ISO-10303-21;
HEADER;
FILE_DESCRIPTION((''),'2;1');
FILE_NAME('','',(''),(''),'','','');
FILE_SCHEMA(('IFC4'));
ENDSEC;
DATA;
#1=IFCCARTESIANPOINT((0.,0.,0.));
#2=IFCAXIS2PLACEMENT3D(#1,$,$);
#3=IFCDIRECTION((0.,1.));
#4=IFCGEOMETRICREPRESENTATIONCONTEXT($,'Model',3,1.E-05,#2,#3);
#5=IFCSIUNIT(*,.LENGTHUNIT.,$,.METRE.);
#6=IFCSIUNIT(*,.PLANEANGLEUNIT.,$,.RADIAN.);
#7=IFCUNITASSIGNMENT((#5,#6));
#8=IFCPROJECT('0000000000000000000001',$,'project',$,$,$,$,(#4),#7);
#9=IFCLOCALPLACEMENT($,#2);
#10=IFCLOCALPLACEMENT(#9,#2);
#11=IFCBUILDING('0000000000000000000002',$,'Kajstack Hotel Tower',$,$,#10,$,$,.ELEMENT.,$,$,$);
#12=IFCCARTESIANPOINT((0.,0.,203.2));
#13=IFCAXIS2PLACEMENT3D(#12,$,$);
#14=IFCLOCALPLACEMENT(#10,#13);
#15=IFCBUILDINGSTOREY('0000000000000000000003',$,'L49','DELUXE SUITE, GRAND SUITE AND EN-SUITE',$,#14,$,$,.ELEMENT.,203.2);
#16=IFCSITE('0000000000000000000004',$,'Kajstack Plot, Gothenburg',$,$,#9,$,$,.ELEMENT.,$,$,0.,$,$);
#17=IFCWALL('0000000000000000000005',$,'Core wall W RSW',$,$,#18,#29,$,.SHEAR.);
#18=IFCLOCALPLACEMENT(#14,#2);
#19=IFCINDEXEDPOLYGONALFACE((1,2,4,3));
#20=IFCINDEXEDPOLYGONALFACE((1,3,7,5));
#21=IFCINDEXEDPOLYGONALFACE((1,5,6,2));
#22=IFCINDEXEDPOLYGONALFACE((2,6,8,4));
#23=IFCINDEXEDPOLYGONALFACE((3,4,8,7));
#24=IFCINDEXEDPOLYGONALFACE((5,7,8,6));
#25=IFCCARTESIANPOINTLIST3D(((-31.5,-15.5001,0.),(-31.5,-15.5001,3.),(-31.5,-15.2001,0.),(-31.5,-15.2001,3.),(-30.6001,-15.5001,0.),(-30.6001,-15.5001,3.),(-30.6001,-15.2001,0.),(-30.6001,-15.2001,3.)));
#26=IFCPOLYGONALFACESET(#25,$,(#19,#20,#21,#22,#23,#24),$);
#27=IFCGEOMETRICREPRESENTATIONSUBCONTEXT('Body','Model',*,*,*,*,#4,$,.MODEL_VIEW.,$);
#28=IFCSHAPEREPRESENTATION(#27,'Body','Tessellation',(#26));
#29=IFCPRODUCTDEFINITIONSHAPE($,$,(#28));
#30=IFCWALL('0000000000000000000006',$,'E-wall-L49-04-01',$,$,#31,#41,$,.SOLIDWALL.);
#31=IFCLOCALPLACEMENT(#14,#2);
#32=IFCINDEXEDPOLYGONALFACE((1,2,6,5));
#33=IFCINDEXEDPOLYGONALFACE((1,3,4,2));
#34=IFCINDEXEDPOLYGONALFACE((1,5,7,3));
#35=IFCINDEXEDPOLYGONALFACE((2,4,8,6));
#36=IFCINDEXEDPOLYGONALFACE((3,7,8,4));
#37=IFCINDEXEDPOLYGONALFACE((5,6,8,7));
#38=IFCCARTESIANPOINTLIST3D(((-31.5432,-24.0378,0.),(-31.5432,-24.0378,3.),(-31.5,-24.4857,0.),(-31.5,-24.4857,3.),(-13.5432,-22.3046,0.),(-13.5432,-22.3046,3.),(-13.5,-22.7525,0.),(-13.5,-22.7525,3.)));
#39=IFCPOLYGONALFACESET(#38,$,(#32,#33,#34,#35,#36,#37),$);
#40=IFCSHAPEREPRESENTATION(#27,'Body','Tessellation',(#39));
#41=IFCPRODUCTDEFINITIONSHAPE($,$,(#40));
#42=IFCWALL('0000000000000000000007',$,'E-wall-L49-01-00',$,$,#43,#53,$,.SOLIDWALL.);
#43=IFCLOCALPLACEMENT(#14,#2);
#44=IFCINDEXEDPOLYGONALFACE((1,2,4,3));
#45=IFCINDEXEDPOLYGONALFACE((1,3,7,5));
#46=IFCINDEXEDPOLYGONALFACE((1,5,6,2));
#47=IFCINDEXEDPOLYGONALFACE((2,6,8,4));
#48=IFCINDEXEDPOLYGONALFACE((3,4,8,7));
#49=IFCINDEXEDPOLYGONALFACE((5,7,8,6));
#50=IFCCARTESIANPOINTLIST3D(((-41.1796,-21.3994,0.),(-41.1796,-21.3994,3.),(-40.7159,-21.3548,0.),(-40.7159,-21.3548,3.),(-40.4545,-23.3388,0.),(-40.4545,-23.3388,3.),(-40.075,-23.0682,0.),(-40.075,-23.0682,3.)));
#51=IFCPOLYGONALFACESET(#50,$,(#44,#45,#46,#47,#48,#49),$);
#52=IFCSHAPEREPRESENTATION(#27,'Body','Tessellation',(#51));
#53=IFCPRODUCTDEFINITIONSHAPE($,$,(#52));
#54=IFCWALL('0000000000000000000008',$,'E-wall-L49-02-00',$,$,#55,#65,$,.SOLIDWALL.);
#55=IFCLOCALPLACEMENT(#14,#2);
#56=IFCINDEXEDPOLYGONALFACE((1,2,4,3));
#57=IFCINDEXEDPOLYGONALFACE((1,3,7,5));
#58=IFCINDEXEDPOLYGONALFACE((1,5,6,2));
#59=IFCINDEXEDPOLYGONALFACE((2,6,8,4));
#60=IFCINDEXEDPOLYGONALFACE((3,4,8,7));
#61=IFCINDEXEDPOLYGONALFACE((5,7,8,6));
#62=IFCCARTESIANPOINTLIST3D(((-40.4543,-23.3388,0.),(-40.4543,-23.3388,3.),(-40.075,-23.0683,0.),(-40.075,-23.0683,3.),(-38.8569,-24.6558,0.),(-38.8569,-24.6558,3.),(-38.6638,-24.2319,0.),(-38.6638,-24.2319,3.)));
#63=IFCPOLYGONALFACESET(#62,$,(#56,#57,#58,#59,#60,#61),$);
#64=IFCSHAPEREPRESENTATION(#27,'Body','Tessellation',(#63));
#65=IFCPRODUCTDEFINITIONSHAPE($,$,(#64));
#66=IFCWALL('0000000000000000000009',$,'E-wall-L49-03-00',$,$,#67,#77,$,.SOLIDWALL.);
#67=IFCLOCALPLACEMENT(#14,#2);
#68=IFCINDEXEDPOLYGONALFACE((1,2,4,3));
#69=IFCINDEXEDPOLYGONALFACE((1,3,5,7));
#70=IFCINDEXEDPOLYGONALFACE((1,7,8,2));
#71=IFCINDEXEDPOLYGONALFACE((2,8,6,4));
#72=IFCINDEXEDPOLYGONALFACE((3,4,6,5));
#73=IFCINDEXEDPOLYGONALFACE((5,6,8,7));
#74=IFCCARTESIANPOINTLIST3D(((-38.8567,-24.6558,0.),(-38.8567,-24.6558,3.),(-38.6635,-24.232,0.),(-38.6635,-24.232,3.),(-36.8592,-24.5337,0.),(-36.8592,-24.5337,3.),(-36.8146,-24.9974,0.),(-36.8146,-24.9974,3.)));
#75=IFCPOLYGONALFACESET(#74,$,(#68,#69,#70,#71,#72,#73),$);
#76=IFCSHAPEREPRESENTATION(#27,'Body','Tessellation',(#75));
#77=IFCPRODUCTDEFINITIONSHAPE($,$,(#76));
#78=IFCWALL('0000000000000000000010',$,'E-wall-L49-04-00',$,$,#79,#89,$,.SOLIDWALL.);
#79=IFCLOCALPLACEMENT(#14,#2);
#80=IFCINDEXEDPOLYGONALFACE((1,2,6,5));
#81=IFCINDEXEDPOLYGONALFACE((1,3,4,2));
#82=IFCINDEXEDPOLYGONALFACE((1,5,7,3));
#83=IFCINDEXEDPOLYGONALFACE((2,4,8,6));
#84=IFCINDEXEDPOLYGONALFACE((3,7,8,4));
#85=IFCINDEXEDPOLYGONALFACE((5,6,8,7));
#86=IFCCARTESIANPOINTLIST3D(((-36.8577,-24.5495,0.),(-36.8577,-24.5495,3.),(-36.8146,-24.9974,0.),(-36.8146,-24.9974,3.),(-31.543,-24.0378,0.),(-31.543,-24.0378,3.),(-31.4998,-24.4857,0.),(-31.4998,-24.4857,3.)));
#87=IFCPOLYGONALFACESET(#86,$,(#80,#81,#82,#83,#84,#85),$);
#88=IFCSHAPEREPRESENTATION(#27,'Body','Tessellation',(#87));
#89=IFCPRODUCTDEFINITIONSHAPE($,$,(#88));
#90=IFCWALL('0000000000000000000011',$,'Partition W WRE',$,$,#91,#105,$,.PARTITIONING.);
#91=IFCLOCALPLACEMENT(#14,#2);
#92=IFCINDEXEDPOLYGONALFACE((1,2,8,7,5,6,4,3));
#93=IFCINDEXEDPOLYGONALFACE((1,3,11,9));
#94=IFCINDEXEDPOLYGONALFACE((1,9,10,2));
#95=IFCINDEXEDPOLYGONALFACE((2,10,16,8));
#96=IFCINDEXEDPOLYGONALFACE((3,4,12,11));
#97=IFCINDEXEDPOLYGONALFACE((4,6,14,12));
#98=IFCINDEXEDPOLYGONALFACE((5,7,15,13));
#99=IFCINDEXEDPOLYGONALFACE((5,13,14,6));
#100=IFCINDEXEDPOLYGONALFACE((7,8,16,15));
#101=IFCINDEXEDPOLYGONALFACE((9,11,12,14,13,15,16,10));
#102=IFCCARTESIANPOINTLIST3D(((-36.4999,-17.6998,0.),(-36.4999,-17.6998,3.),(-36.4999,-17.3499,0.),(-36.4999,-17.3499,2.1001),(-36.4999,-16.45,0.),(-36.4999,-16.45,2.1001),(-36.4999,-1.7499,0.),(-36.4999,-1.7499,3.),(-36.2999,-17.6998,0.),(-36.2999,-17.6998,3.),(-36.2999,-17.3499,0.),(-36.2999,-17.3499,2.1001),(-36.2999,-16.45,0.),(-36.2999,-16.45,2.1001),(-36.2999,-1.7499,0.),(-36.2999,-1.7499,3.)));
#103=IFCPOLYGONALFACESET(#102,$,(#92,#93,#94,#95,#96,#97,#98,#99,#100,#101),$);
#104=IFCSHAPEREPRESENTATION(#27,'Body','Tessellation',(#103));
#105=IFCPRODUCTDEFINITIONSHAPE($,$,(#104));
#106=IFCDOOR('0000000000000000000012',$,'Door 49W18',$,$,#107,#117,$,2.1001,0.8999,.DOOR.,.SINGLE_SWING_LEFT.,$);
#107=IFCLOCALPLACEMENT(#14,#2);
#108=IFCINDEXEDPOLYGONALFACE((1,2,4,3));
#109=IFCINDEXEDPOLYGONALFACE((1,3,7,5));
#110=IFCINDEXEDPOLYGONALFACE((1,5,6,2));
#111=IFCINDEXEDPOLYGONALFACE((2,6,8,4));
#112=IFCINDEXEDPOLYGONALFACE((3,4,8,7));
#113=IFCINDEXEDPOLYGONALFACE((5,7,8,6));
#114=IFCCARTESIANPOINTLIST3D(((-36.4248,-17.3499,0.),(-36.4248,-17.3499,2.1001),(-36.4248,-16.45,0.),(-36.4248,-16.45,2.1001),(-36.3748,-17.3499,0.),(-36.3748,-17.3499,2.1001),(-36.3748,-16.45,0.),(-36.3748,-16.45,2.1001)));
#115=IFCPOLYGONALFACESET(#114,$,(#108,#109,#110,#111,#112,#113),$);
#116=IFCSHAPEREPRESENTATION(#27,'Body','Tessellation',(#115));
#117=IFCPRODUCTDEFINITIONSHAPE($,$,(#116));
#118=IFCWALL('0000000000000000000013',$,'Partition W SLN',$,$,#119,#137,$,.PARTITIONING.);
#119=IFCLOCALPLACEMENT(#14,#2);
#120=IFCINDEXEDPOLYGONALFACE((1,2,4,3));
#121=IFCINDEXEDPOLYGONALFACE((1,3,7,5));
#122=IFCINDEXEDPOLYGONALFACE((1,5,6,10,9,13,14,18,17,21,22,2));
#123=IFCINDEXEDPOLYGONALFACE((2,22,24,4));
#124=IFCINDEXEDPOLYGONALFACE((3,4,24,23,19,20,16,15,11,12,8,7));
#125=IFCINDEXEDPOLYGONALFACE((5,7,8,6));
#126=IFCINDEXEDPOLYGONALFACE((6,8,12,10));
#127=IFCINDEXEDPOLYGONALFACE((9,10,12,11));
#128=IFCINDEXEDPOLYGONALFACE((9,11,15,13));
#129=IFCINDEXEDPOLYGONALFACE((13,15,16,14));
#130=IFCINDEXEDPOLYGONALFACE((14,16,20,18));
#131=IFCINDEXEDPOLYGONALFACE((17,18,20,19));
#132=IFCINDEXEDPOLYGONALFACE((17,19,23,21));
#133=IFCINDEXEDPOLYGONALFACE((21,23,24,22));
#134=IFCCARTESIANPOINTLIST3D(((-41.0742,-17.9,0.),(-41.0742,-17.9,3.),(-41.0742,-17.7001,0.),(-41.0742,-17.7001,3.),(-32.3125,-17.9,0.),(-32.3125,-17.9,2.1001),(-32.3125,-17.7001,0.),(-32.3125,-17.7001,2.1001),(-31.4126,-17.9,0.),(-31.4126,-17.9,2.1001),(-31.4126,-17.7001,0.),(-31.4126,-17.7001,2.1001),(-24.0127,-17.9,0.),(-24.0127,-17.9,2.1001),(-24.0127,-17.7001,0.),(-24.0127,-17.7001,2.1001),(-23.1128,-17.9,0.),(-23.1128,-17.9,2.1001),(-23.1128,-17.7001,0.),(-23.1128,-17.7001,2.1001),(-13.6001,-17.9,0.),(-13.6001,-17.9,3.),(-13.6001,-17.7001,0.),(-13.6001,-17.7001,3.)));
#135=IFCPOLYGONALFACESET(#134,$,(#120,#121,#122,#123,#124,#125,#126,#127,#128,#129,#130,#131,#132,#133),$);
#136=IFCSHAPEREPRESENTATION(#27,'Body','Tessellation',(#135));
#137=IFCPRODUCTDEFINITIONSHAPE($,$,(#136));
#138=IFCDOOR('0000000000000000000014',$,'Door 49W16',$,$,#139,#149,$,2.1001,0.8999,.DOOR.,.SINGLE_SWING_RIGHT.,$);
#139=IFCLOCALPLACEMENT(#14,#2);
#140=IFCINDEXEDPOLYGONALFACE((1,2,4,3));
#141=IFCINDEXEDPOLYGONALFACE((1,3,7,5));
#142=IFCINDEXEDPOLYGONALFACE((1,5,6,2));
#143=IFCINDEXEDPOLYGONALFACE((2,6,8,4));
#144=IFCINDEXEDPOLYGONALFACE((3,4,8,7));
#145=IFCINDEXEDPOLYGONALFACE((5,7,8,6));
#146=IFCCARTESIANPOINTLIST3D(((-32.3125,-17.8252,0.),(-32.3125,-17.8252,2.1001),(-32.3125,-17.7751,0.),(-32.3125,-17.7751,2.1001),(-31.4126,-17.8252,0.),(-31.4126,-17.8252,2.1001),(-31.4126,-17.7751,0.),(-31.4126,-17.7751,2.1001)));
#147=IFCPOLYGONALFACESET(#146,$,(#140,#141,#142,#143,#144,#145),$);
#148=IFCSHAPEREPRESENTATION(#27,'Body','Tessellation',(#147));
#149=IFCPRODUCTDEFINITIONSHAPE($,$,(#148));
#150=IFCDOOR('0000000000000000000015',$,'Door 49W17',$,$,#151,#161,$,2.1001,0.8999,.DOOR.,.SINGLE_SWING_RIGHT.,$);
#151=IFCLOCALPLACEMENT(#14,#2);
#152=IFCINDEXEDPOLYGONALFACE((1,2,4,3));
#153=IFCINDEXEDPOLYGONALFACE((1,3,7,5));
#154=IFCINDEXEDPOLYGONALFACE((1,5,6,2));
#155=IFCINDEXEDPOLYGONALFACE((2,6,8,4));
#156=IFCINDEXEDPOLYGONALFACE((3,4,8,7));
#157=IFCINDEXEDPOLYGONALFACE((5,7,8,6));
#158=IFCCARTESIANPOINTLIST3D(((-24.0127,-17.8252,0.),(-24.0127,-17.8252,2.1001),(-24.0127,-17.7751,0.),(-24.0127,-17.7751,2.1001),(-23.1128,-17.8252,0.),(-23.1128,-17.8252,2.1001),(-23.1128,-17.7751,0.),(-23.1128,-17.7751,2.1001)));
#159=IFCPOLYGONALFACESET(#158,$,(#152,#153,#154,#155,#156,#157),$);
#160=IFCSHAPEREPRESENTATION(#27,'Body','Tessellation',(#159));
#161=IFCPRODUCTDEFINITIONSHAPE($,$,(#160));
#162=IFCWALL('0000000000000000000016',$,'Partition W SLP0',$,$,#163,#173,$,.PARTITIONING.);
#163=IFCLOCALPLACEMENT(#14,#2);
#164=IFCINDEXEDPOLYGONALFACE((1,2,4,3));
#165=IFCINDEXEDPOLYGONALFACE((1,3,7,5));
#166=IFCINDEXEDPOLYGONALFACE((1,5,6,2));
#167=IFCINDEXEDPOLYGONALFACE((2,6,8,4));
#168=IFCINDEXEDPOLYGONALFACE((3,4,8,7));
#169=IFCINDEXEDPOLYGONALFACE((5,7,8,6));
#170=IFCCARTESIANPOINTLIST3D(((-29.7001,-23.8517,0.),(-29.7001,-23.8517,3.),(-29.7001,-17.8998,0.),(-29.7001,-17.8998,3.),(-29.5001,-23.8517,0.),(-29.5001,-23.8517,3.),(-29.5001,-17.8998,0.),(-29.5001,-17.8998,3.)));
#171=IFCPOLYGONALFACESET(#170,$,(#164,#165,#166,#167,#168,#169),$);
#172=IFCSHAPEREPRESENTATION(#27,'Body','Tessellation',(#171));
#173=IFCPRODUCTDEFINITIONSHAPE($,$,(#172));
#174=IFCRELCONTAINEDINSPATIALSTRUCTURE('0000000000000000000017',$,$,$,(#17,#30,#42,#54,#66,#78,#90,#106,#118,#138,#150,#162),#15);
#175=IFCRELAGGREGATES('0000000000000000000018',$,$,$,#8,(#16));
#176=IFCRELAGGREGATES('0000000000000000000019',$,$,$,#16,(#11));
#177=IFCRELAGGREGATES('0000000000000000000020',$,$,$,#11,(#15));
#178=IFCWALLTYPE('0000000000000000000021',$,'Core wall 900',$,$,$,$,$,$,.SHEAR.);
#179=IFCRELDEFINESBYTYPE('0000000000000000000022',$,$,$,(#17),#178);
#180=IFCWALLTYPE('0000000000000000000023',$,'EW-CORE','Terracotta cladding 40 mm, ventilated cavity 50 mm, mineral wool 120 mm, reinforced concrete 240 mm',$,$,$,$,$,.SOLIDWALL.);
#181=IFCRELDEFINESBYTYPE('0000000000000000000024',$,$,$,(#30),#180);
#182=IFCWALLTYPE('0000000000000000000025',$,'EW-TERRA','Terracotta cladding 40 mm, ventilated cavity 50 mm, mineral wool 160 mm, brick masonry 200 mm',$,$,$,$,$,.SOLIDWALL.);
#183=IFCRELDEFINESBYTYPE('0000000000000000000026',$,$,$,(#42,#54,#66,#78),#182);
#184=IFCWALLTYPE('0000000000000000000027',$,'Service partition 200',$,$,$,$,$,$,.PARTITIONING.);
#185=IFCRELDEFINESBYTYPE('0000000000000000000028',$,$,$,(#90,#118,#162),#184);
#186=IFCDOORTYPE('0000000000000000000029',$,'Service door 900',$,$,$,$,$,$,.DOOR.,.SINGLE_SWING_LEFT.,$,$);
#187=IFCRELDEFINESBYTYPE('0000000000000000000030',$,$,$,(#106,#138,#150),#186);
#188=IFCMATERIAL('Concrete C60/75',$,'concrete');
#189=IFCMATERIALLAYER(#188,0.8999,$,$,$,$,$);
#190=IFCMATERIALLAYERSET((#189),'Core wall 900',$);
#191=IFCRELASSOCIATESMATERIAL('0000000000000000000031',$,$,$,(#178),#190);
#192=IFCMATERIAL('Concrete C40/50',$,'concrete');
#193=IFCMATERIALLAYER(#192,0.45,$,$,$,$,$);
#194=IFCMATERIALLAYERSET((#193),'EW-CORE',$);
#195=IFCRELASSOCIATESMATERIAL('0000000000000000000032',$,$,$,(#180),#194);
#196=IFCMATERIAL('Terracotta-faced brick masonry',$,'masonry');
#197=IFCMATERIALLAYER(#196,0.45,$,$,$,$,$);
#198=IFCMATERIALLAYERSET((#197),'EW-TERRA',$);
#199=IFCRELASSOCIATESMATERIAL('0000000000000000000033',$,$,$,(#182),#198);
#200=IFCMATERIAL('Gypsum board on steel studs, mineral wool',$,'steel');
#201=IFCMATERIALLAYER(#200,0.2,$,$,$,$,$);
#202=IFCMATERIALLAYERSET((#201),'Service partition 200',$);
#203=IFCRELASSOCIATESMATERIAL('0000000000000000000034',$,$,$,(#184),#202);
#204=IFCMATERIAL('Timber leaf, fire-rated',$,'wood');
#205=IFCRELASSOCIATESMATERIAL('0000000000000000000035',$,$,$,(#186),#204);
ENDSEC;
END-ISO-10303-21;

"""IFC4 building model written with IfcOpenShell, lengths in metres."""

from ifc_helpers import new_model, si_unit, direction, frame, frame_2d, origin, place, context, subcontext, project, spatial, polyline, rectangle, outline, extrude, material, layer, layer_set, type_object, element, fill, save


model = new_model("IFC4")

# Units and contexts
model_context = context("Model", 3, precision=1e-05, world=origin(), true_north=direction((0.0, 1.0)))
body_context = subcontext(model_context, "Body", "Model", "MODEL_VIEW")
ifc_project = project(units=[si_unit("LENGTHUNIT", "METRE"), si_unit("PLANEANGLEUNIT", "RADIAN")], contexts=[model_context])

# Site, building, storey
site_placement = place(None, origin())
site = spatial("IfcSite", under=ifc_project, at=site_placement, Name="Kajstack Plot, Gothenburg", CompositionType="ELEMENT", RefElevation=0.0)
building_placement = place(site_placement, origin())
building = spatial("IfcBuilding", under=site, at=building_placement, Name="Kajstack Hotel Tower", CompositionType="ELEMENT")
storey_placement = place(building_placement, frame((0.0, 0.0, 203.2)))
storey = spatial("IfcBuildingStorey", under=building, at=storey_placement, Name="L49", Description="DELUXE SUITE, GRAND SUITE AND EN-SUITE", CompositionType="ELEMENT", Elevation=203.2)

# Walls
ifc_material_1 = material(Name="Concrete C60/75", Category="concrete")
ifc_layer_1 = layer(ifc_material_1, 0.8999)
ifc_layer_set_1 = layer_set([ifc_layer_1], Name="Core wall 900")
wall_type_1 = type_object("IfcWallType", Name="Core wall 900", PredefinedType="SHEAR", material=ifc_layer_set_1)
wall_1_placement = place(storey_placement, frame((-31.5, -15.3501, 0.0), z_axis=(0.0, 0.0, 1.0), x_axis=(1.0, 0.0, 0.0)))
element("IfcWall", 1, at=wall_1_placement, inside=storey, type_object=wall_type_1, Name="Core wall W RSW", PredefinedType="SHEAR", context=body_context, shape_type="SweptSolid", body=[
    extrude(rectangle(XDim=0.8999, YDim=0.3, at=frame_2d((0.45, 0.0))), origin(), (0.0, 0.0, 1.0), 3.0),
])
ifc_material_2 = material(Name="Concrete C40/50", Category="concrete")
ifc_layer_2 = layer(ifc_material_2, 0.45)
ifc_layer_set_2 = layer_set([ifc_layer_2], Name="EW-CORE")
wall_type_2 = type_object("IfcWallType", Name="EW-CORE", Description="Terracotta cladding 40 mm, ventilated cavity 50 mm, mineral wool 120 mm, reinforced concrete 240 mm", PredefinedType="SOLIDWALL", material=ifc_layer_set_2)
wall_2_placement = place(storey_placement, frame((-31.5215, -24.2617, 0.0), z_axis=(0.0, 0.0, 1.0), x_axis=(0.995396, 0.095843, 0.0)))
element("IfcWall", 2, at=wall_2_placement, inside=storey, type_object=wall_type_2, Name="E-wall-L49-04-01", PredefinedType="SOLIDWALL", context=body_context, shape_type="SweptSolid", body=[
    extrude(rectangle(XDim=18.0833, YDim=0.45, at=frame_2d((9.0415, 0.0))), origin(), (0.0, 0.0, 1.0), 3.0),
])
ifc_material_3 = material(Name="Terracotta-faced brick masonry", Category="masonry")
ifc_layer_3 = layer(ifc_material_3, 0.45)
ifc_layer_set_3 = layer_set([ifc_layer_3], Name="EW-TERRA")
wall_type_3 = type_object("IfcWallType", Name="EW-TERRA", Description="Terracotta cladding 40 mm, ventilated cavity 50 mm, mineral wool 160 mm, brick masonry 200 mm", PredefinedType="SOLIDWALL", material=ifc_layer_set_3)
wall_3_placement = place(storey_placement, frame((-40.9688, -21.3206, 0.0), z_axis=(0.0, 0.0, 1.0), x_axis=(0.350193, -0.936678, 0.0)))
element("IfcWall", 3, at=wall_3_placement, inside=storey, type_object=wall_type_3, Name="E-wall-L49-01-00", PredefinedType="SOLIDWALL", context=body_context, shape_type="SweptSolid", body=[
    extrude(outline(polyline([(0.0, -0.2251), (2.0706, -0.2251), (1.95, 0.2251), (0.1206, 0.2249), (0.0, -0.2251)])), origin(), (0.0, 0.0, 1.0), 3.0),
])
wall_4_placement = place(storey_placement, frame((-40.3113, -23.1653, 0.0), z_axis=(0.0, 0.0, 1.0), x_axis=(0.771651, -0.636046, 0.0)))
element("IfcWall", 4, at=wall_4_placement, inside=storey, type_object=wall_type_3, Name="E-wall-L49-02-00", PredefinedType="SOLIDWALL", context=body_context, shape_type="SweptSolid", body=[
    extrude(outline(polyline([(0.0, -0.2249), (2.0703, -0.2251), (1.9497, 0.2249), (0.1206, 0.2251), (0.0, -0.2249)])), origin(), (0.0, 0.0, 1.0), 3.0),
])
wall_5_placement = place(storey_placement, frame((-38.8196, -24.4338, 0.0), z_axis=(0.0, 0.0, 1.0), x_axis=(0.986279, -0.165087, 0.0)))
element("IfcWall", 5, at=wall_5_placement, inside=storey, type_object=wall_type_3, Name="E-wall-L49-03-00", PredefinedType="SOLIDWALL", context=body_context, shape_type="SweptSolid", body=[
    extrude(outline(polyline([(0.0, -0.2251), (2.0706, -0.2249), (1.95, 0.2251), (0.1206, 0.2249), (0.0, -0.2251)])), origin(), (0.0, 0.0, 1.0), 3.0),
])
wall_6_placement = place(storey_placement, frame((-36.8362, -24.7734, 0.0), z_axis=(0.0, 0.0, 1.0), x_axis=(0.995397, 0.09584, 0.0)))
element("IfcWall", 6, at=wall_6_placement, inside=storey, type_object=wall_type_3, Name="E-wall-L49-04-00", PredefinedType="SOLIDWALL", context=body_context, shape_type="SweptSolid", body=[
    extrude(rectangle(XDim=5.3394, YDim=0.45, at=frame_2d((2.6697, 0.0))), origin(), (0.0, 0.0, 1.0), 3.0),
])

# Wall, opening, door
ifc_material_4 = material(Name="Gypsum board on steel studs, mineral wool", Category="steel")
ifc_layer_4 = layer(ifc_material_4, 0.2)
ifc_layer_set_4 = layer_set([ifc_layer_4], Name="Service partition 200")
wall_type_4 = type_object("IfcWallType", Name="Service partition 200", PredefinedType="PARTITIONING", material=ifc_layer_set_4)
wall_7_placement = place(storey_placement, frame((-36.3999, -17.7, 0.0), z_axis=(0.0, 0.0, 1.0), x_axis=(0.0, 1.0, 0.0)))
wall_7 = element("IfcWall", 7, at=wall_7_placement, inside=storey, type_object=wall_type_4, Name="Partition W WRE", PredefinedType="PARTITIONING", context=body_context, shape_type="SweptSolid", body=[
    extrude(rectangle(XDim=15.95, YDim=0.2, at=frame_2d((7.9751, 0.0))), origin(), (0.0, 0.0, 1.0), 3.0),
])
opening_1_placement = place(wall_7_placement, frame((0.3501, 0.0, 0.0)))
opening_1 = element("IfcOpeningElement", 8, at=opening_1_placement, cuts=wall_7, PredefinedType="OPENING", context=body_context, shape_type="SweptSolid", body=[
    extrude(rectangle(XDim=0.8999, YDim=2.1001, at=frame_2d((0.45, 1.05))), frame((0.0, 0.1099, 0.0), z_axis=(0.0, -1.0, 0.0), x_axis=(1.0, 0.0, 0.0)), (0.0, 0.0, 1.0), 0.22),
])
ifc_material_5 = material(Name="Timber leaf, fire-rated", Category="wood")
door_type_1 = type_object("IfcDoorType", Name="Service door 900", OperationType="SINGLE_SWING_LEFT", PredefinedType="DOOR", material=ifc_material_5)
door_1_placement = place(opening_1_placement, origin())
door_1 = element("IfcDoor", 9, at=door_1_placement, inside=storey, type_object=door_type_1, Name="Door 49W18", OperationType="SINGLE_SWING_LEFT", OverallHeight=2.1001, OverallWidth=0.8999, PredefinedType="DOOR", context=body_context, shape_type="SweptSolid", body=[
    extrude(rectangle(XDim=0.8999, YDim=2.1001, at=frame_2d((0.45, 1.05))), frame((0.0, 0.0249, 0.0), z_axis=(0.0, -1.0, 0.0), x_axis=(1.0, 0.0, 0.0)), (0.0, 0.0, 1.0), 0.05),
])
fill(opening_1, door_1)

# Wall, openings, doors
wall_8_placement = place(storey_placement, frame((-41.0742, -17.8, 0.0), z_axis=(0.0, 0.0, 1.0), x_axis=(1.0, 0.0, 0.0)))
wall_8 = element("IfcWall", 10, at=wall_8_placement, inside=storey, type_object=wall_type_4, Name="Partition W SLN", PredefinedType="PARTITIONING", context=body_context, shape_type="SweptSolid", body=[
    extrude(rectangle(XDim=27.4741, YDim=0.2, at=frame_2d((13.7371, 0.0))), origin(), (0.0, 0.0, 1.0), 3.0),
])
opening_2_placement = place(wall_8_placement, frame((8.7617, 0.0, 0.0)))
opening_2 = element("IfcOpeningElement", 11, at=opening_2_placement, cuts=wall_8, PredefinedType="OPENING", context=body_context, shape_type="SweptSolid", body=[
    extrude(rectangle(XDim=0.8999, YDim=2.1001, at=frame_2d((0.45, 1.05))), frame((0.0, 0.1099, 0.0), z_axis=(0.0, -1.0, 0.0), x_axis=(1.0, 0.0, 0.0)), (0.0, 0.0, 1.0), 0.22),
])
opening_3_placement = place(wall_8_placement, frame((17.0615, 0.0, 0.0)))
opening_3 = element("IfcOpeningElement", 12, at=opening_3_placement, cuts=wall_8, PredefinedType="OPENING", context=body_context, shape_type="SweptSolid", body=[
    extrude(rectangle(XDim=0.8999, YDim=2.1001, at=frame_2d((0.45, 1.05))), frame((0.0, 0.1099, 0.0), z_axis=(0.0, -1.0, 0.0), x_axis=(1.0, 0.0, 0.0)), (0.0, 0.0, 1.0), 0.22),
])
door_2_placement = place(opening_2_placement, origin())
door_2 = element("IfcDoor", 13, at=door_2_placement, inside=storey, type_object=door_type_1, Name="Door 49W16", OperationType="SINGLE_SWING_RIGHT", OverallHeight=2.1001, OverallWidth=0.8999, PredefinedType="DOOR", context=body_context, shape_type="SweptSolid", body=[
    extrude(rectangle(XDim=0.8999, YDim=2.1001, at=frame_2d((0.45, 1.05))), frame((0.0, 0.0249, 0.0), z_axis=(0.0, -1.0, 0.0), x_axis=(1.0, 0.0, 0.0)), (0.0, 0.0, 1.0), 0.05),
])
fill(opening_2, door_2)
door_3_placement = place(opening_3_placement, origin())
door_3 = element("IfcDoor", 14, at=door_3_placement, inside=storey, type_object=door_type_1, Name="Door 49W17", OperationType="SINGLE_SWING_RIGHT", OverallHeight=2.1001, OverallWidth=0.8999, PredefinedType="DOOR", context=body_context, shape_type="SweptSolid", body=[
    extrude(rectangle(XDim=0.8999, YDim=2.1001, at=frame_2d((0.45, 1.05))), frame((0.0, 0.0249, 0.0), z_axis=(0.0, -1.0, 0.0), x_axis=(1.0, 0.0, 0.0)), (0.0, 0.0, 1.0), 0.05),
])
fill(opening_3, door_3)

# Wall
wall_9_placement = place(storey_placement, frame((-29.6001, -23.8518, 0.0), z_axis=(0.0, 0.0, 1.0), x_axis=(0.0, 1.0, 0.0)))
element("IfcWall", 15, at=wall_9_placement, inside=storey, type_object=wall_type_4, Name="Partition W SLP0", PredefinedType="PARTITIONING", context=body_context, shape_type="SweptSolid", body=[
    extrude(rectangle(XDim=5.9519, YDim=0.2, at=frame_2d((2.9761, 0.0))), origin(), (0.0, 0.0, 1.0), 3.0),
])

save(model, "model.ifc")
